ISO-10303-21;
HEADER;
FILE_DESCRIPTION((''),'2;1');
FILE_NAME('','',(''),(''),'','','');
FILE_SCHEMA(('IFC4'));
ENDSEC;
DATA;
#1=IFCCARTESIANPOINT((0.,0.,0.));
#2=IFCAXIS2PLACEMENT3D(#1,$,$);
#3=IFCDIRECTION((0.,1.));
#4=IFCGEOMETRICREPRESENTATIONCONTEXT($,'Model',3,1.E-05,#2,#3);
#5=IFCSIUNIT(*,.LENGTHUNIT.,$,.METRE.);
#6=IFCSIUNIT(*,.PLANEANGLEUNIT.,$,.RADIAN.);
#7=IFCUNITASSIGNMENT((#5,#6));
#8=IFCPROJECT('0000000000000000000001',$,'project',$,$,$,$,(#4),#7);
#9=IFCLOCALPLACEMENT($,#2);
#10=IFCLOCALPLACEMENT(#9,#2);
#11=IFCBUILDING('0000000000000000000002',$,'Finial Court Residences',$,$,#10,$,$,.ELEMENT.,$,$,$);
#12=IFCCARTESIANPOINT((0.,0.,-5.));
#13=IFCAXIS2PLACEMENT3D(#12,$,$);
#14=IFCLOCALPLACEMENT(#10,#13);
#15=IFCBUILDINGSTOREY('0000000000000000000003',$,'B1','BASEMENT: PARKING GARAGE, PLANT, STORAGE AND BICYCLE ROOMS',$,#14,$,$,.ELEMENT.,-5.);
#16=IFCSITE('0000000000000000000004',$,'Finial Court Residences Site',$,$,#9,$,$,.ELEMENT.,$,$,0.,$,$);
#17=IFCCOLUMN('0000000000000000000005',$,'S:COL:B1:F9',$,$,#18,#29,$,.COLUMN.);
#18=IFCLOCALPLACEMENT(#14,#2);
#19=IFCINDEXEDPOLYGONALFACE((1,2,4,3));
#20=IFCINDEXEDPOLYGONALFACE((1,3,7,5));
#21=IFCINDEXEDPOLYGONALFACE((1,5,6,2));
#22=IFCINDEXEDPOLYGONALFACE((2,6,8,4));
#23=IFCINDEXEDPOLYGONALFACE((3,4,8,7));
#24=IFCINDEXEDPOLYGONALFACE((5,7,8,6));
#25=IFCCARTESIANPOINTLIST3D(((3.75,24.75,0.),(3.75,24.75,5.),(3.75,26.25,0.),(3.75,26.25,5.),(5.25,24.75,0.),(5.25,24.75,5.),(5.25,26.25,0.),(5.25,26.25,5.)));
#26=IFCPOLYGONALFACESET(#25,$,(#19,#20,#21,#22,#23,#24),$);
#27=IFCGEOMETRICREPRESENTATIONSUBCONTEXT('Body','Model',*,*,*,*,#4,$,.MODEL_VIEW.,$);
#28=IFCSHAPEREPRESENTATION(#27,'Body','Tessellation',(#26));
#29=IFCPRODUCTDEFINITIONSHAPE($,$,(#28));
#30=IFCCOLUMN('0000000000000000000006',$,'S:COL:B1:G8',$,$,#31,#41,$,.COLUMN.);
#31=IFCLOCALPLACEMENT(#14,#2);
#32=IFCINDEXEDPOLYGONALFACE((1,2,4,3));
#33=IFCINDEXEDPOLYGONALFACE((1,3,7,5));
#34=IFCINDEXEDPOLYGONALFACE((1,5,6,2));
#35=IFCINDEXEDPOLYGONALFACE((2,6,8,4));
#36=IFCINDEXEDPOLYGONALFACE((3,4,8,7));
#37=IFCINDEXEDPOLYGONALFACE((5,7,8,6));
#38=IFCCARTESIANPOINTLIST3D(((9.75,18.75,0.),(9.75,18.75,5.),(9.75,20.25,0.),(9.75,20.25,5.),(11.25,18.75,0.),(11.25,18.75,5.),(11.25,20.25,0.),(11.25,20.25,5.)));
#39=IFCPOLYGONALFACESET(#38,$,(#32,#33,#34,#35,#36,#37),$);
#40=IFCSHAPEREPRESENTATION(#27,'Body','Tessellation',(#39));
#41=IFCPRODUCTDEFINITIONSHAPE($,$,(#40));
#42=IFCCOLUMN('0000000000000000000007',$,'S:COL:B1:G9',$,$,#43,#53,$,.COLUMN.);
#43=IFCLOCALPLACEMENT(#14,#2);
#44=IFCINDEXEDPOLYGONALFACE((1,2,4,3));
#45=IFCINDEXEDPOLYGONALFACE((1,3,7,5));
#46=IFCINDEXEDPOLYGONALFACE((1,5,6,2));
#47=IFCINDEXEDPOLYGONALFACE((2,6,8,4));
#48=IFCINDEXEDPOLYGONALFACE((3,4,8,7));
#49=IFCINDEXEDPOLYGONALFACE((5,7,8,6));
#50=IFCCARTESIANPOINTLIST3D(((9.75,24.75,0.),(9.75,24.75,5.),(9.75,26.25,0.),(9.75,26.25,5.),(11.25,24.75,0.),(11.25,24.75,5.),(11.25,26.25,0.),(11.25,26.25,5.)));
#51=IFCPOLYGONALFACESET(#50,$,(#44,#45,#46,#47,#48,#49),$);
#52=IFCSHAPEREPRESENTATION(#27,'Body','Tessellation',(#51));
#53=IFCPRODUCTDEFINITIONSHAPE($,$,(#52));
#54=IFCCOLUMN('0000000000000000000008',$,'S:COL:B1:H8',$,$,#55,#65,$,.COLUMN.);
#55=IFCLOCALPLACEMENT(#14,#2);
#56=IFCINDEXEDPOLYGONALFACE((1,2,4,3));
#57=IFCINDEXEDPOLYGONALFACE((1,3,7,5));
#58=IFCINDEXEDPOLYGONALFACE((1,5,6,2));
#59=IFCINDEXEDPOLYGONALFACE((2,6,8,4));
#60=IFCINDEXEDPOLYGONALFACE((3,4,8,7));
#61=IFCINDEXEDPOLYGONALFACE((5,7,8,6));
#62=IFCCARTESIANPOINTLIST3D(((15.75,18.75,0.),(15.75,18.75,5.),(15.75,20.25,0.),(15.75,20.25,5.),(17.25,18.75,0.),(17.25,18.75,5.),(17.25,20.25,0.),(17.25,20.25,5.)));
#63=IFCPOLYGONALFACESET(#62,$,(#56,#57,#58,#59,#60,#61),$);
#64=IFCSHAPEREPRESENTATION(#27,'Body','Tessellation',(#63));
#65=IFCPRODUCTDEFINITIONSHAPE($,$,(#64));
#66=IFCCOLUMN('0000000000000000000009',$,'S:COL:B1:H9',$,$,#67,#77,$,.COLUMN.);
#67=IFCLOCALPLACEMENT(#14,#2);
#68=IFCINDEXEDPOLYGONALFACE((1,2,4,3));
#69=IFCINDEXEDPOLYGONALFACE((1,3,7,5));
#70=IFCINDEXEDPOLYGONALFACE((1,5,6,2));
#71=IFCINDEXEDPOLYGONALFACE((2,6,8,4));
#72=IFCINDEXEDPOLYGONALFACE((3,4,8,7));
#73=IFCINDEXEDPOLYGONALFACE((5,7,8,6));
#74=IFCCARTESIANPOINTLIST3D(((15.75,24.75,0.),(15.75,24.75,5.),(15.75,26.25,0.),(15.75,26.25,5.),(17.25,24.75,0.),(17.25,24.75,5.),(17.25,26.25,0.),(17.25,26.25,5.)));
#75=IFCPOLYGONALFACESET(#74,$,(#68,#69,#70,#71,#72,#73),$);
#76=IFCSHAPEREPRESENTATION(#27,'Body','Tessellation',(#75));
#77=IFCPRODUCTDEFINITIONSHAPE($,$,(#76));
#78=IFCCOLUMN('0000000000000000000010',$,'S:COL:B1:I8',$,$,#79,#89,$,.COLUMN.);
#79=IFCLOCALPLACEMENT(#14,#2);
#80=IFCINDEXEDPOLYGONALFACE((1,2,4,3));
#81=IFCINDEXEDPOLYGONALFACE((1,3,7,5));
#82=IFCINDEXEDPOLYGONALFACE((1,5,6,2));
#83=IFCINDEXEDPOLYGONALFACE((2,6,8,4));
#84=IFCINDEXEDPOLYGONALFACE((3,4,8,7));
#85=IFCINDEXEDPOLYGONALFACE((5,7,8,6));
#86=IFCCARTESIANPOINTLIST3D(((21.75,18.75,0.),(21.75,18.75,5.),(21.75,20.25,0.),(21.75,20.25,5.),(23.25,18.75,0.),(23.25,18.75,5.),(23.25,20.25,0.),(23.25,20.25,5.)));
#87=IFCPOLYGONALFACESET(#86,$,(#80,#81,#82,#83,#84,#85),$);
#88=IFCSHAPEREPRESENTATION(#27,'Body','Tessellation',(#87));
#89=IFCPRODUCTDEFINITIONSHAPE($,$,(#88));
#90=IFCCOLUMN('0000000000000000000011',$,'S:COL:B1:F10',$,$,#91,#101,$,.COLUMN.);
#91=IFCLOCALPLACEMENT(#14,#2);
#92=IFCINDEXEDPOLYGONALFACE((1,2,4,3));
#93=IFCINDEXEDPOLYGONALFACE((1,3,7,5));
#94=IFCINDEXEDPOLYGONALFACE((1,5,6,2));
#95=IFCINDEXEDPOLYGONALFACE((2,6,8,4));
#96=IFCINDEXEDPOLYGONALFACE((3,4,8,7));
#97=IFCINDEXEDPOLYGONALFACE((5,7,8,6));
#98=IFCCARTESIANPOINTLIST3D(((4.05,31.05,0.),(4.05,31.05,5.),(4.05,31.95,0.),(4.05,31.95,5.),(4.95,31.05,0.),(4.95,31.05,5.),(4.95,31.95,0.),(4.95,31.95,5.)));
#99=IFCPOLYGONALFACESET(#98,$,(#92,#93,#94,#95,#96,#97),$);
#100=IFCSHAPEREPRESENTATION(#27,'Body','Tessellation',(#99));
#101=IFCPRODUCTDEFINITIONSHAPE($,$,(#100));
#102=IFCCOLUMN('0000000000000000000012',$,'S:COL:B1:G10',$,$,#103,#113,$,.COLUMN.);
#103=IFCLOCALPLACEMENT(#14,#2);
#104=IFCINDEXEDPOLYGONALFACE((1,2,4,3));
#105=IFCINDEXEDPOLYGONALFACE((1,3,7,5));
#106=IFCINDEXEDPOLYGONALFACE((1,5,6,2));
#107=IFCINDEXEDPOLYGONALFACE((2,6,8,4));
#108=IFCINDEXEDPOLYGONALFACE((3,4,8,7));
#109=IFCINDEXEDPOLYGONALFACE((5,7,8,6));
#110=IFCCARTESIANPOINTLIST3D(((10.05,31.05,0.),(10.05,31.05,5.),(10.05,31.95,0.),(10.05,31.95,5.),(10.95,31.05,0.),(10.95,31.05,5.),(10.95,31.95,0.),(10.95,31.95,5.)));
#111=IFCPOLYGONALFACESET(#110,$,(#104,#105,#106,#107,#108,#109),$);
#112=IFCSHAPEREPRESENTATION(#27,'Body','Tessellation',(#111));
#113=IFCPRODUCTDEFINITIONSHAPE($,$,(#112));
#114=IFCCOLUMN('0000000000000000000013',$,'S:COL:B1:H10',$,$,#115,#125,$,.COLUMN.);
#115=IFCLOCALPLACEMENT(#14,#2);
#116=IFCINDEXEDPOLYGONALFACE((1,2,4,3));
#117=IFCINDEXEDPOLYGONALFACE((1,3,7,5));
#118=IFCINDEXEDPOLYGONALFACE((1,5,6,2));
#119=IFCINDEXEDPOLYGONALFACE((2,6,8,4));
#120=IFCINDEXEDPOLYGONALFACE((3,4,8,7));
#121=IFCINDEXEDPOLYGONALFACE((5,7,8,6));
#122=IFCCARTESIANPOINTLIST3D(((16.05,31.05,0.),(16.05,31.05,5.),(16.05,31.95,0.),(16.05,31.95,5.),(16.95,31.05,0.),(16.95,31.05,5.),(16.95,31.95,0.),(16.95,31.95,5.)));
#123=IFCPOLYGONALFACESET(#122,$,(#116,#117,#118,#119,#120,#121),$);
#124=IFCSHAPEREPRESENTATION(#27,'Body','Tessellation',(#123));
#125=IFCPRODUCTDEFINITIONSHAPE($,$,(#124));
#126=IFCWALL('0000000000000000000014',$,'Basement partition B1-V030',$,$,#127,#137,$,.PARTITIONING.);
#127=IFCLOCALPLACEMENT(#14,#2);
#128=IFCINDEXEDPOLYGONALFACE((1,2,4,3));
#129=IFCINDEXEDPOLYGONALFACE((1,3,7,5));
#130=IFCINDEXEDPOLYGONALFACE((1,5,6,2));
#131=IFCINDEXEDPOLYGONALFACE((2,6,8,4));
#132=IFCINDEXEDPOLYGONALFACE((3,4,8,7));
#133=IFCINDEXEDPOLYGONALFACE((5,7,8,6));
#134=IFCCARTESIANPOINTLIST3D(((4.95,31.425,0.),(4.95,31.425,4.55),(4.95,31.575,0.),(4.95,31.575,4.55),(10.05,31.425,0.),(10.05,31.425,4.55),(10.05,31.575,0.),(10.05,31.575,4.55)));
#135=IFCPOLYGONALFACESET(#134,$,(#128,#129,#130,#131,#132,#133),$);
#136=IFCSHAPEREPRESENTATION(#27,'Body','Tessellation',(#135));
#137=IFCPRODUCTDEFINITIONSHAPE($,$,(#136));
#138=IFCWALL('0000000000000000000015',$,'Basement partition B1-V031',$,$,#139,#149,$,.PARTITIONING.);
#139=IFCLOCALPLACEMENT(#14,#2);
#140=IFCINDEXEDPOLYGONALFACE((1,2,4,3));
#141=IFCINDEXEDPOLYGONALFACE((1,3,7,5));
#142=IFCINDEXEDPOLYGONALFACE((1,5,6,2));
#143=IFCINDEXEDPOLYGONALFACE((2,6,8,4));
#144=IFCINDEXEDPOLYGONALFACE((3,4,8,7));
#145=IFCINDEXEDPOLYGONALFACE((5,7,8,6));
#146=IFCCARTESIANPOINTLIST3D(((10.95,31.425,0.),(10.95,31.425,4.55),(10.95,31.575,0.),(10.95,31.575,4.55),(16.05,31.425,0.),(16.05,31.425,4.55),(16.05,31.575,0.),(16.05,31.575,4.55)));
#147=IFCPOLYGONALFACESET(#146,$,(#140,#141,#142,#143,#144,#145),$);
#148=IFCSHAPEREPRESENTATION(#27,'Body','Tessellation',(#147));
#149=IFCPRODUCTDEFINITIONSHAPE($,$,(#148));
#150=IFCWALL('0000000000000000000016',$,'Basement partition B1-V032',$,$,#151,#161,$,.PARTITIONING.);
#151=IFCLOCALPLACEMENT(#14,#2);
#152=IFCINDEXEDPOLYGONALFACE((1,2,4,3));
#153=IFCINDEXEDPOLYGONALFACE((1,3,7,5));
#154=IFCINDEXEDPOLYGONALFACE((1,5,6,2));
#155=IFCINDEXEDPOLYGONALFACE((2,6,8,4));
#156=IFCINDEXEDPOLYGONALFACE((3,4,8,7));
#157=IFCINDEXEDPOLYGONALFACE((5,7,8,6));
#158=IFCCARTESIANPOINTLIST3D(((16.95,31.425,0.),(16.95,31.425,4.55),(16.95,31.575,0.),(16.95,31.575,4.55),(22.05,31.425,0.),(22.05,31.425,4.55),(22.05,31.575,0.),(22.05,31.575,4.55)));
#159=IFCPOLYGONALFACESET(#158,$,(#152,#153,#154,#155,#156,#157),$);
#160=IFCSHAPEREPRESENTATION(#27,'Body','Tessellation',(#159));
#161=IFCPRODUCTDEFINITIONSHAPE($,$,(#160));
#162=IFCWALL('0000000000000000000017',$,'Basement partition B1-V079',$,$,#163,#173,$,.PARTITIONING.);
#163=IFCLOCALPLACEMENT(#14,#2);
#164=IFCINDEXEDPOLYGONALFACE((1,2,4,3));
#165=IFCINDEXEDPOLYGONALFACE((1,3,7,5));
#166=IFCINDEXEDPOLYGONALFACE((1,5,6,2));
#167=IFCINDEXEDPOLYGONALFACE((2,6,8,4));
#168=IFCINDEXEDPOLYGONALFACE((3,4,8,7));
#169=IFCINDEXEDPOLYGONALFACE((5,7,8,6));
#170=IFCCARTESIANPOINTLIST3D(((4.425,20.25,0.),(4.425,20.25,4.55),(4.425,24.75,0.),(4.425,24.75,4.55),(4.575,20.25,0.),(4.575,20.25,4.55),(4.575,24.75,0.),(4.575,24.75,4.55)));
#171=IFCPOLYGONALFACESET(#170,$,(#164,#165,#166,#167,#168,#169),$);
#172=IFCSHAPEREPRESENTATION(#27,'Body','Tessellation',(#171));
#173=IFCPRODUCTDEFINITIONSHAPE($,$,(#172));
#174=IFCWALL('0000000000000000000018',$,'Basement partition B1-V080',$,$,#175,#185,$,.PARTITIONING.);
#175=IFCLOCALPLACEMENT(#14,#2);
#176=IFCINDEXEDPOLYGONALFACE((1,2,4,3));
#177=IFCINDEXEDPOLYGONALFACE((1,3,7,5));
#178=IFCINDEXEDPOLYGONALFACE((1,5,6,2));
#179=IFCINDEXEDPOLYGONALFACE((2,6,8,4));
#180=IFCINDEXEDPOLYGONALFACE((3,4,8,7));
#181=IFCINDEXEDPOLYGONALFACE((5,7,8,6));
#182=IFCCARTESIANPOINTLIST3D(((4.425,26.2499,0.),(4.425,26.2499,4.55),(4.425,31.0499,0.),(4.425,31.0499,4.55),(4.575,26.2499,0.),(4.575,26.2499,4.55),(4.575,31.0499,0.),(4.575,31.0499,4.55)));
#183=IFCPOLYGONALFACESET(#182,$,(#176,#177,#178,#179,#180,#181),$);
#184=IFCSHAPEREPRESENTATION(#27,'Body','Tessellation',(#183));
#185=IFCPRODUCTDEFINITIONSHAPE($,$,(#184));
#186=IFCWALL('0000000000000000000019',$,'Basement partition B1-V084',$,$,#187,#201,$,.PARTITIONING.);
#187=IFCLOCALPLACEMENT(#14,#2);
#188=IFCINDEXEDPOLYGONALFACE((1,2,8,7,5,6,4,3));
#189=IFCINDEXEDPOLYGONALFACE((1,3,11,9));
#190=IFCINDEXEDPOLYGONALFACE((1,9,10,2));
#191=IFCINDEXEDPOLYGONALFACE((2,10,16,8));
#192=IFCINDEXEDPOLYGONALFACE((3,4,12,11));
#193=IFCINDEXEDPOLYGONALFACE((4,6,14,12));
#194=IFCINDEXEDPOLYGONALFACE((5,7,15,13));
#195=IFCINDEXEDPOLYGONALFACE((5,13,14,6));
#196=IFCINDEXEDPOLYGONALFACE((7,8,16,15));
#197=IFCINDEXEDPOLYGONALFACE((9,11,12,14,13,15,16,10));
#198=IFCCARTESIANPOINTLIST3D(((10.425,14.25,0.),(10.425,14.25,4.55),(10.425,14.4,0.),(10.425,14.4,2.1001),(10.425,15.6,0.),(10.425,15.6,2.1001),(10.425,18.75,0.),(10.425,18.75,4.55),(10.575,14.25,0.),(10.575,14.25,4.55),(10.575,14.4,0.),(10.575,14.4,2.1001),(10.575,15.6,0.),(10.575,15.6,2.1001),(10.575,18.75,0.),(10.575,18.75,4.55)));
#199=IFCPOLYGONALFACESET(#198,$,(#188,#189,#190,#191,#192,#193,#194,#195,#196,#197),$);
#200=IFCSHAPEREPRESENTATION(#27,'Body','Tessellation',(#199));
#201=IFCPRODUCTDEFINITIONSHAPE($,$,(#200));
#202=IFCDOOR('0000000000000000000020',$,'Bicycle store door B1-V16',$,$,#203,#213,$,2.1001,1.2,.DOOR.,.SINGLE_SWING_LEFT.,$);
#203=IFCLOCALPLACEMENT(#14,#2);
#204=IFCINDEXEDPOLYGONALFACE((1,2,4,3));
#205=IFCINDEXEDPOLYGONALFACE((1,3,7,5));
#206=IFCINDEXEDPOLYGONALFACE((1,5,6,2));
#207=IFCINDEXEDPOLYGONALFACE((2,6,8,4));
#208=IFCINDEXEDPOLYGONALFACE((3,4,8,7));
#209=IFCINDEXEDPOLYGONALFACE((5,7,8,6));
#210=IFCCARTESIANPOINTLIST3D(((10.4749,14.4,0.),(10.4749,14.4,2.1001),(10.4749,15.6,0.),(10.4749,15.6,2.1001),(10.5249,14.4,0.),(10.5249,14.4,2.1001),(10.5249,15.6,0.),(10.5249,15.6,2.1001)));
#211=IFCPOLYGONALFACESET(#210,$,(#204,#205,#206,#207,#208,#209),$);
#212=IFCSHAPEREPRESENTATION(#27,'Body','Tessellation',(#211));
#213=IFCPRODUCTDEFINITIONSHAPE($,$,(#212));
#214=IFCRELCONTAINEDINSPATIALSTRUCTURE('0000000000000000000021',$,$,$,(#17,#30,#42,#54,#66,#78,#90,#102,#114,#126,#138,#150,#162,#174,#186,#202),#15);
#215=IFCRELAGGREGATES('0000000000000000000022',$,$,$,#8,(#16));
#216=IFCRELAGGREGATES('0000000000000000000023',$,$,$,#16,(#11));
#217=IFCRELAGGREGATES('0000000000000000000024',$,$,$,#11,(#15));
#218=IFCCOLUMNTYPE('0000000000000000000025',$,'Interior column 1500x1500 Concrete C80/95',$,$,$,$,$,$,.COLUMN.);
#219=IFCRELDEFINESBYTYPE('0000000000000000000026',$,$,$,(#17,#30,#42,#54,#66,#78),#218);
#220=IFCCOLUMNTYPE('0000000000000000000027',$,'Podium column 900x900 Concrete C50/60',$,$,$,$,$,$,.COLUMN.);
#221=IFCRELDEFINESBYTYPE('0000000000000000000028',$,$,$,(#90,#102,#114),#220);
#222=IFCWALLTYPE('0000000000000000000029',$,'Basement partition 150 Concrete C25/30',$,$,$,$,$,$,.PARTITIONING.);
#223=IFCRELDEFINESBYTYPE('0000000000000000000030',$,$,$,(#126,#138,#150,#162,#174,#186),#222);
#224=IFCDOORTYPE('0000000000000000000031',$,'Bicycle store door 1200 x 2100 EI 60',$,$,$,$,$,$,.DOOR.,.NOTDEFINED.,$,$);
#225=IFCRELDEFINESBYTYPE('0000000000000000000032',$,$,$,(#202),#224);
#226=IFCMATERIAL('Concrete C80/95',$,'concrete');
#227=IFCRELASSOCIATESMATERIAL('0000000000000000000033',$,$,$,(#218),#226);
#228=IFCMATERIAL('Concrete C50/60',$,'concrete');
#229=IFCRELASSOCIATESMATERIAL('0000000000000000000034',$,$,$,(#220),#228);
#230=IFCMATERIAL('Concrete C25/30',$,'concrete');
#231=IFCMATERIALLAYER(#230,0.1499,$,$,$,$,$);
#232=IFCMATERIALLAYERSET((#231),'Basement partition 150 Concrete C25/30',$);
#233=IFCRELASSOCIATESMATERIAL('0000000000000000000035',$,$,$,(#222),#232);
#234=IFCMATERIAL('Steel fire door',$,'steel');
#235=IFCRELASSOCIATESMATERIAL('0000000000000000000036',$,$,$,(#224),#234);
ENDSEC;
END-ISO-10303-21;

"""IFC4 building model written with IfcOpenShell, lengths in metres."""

from ifc_helpers import new_model, si_unit, direction, frame, frame_2d, origin, origin_2d, place, context, subcontext, project, spatial, rectangle, extrude, material, layer, layer_set, material_profile, profile_set, type_object, element, fill, save


model = new_model("IFC4")

# Units and contexts
model_context = context("Model", 3, precision=1e-05, world=origin(), true_north=direction((0.0, 1.0)))
body_context = subcontext(model_context, "Body", "Model", "MODEL_VIEW")
ifc_project = project(units=[si_unit("LENGTHUNIT", "METRE"), si_unit("PLANEANGLEUNIT", "RADIAN")], contexts=[model_context])

# Site, building, storey
site_placement = place(None, origin())
site = spatial("IfcSite", under=ifc_project, at=site_placement, Name="Finial Court Residences Site", CompositionType="ELEMENT", RefElevation=0.0)
building_placement = place(site_placement, origin())
building = spatial("IfcBuilding", under=site, at=building_placement, Name="Finial Court Residences", CompositionType="ELEMENT")
storey_placement = place(building_placement, frame((0.0, 0.0, -5.0)))
storey = spatial("IfcBuildingStorey", under=building, at=storey_placement, Name="B1", Description="BASEMENT: PARKING GARAGE, PLANT, STORAGE AND BICYCLE ROOMS", CompositionType="ELEMENT", Elevation=-5.0)

# Columns
ifc_material_1 = material(Name="Concrete C80/95", Category="concrete")
ifc_material_profile_1 = material_profile(ifc_material_1, rectangle(XDim=1.5, YDim=1.5, at=origin_2d()), Name="1500x1500")
ifc_profile_set_1 = profile_set([ifc_material_profile_1], Name="Concrete C80/95")
column_type_1 = type_object("IfcColumnType", Name="Interior column 1500x1500 Concrete C80/95", PredefinedType="COLUMN", material=ifc_profile_set_1)
for number, where, z_axis, x_axis, name in (
    (1, (4.5, 25.5, 0.0), (0.0, 0.0, 1.0), (1.0, 0.0, 0.0), "S:COL:B1:F9"),
    (2, (10.5, 19.5, 0.0), (0.0, 0.0, 1.0), (1.0, 0.0, 0.0), "S:COL:B1:G8"),
    (3, (10.5, 25.5, 0.0), (0.0, 0.0, 1.0), (1.0, 0.0, 0.0), "S:COL:B1:G9"),
    (4, (16.5, 19.5, 0.0), (0.0, 0.0, 1.0), (1.0, 0.0, 0.0), "S:COL:B1:H8"),
    (5, (16.5, 25.5, 0.0), (0.0, 0.0, 1.0), (1.0, 0.0, 0.0), "S:COL:B1:H9"),
    (6, (22.5, 19.5, 0.0), (0.0, 0.0, 1.0), (1.0, 0.0, 0.0), "S:COL:B1:I8"),
):
    element("IfcColumn", number, at=place(storey_placement, frame(where, z_axis=z_axis, x_axis=x_axis)), inside=storey, type_object=column_type_1, Name=name, PredefinedType="COLUMN", context=body_context, shape_type="SweptSolid", body=[
        extrude(rectangle(XDim=1.5, YDim=1.5, at=origin_2d()), origin(), (0.0, 0.0, 1.0), 5.0),
    ])
ifc_material_2 = material(Name="Concrete C50/60", Category="concrete")
ifc_material_profile_2 = material_profile(ifc_material_2, rectangle(XDim=0.8999, YDim=0.8999, at=origin_2d()), Name="900x900")
ifc_profile_set_2 = profile_set([ifc_material_profile_2], Name="Concrete C50/60")
column_type_2 = type_object("IfcColumnType", Name="Podium column 900x900 Concrete C50/60", PredefinedType="COLUMN", material=ifc_profile_set_2)
for number, where, z_axis, x_axis, name in (
    (7, (4.5, 31.5, 0.0), (0.0, 0.0, 1.0), (1.0, 0.0, 0.0), "S:COL:B1:F10"),
    (8, (10.5, 31.5, 0.0), (0.0, 0.0, 1.0), (1.0, 0.0, 0.0), "S:COL:B1:G10"),
    (9, (16.5, 31.5, 0.0), (0.0, 0.0, 1.0), (1.0, 0.0, 0.0), "S:COL:B1:H10"),
):
    element("IfcColumn", number, at=place(storey_placement, frame(where, z_axis=z_axis, x_axis=x_axis)), inside=storey, type_object=column_type_2, Name=name, PredefinedType="COLUMN", context=body_context, shape_type="SweptSolid", body=[
        extrude(rectangle(XDim=0.8999, YDim=0.8999, at=origin_2d()), origin(), (0.0, 0.0, 1.0), 5.0),
    ])

# Walls
ifc_material_3 = material(Name="Concrete C25/30", Category="concrete")
ifc_layer_1 = layer(ifc_material_3, 0.1499)
ifc_layer_set_1 = layer_set([ifc_layer_1], Name="Basement partition 150 Concrete C25/30")
wall_type_1 = type_object("IfcWallType", Name="Basement partition 150 Concrete C25/30", PredefinedType="PARTITIONING", material=ifc_layer_set_1)
for number, where, z_axis, x_axis, name in (
    (10, (4.95, 31.5, 0.0), (0.0, 0.0, 1.0), (1.0, 0.0, 0.0), "Basement partition B1-V030"),
    (11, (10.95, 31.5, 0.0), (0.0, 0.0, 1.0), (1.0, 0.0, 0.0), "Basement partition B1-V031"),
    (12, (16.95, 31.5, 0.0), (0.0, 0.0, 1.0), (1.0, 0.0, 0.0), "Basement partition B1-V032"),
):
    element("IfcWall", number, at=place(storey_placement, frame(where, z_axis=z_axis, x_axis=x_axis)), inside=storey, type_object=wall_type_1, Name=name, PredefinedType="PARTITIONING", context=body_context, shape_type="SweptSolid", body=[
        extrude(rectangle(XDim=5.1001, YDim=0.1499, at=frame_2d((2.55, 0.0))), origin(), (0.0, 0.0, 1.0), 4.55),
    ])
wall_1_placement = place(storey_placement, frame((4.5, 20.25, 0.0), z_axis=(0.0, 0.0, 1.0), x_axis=(0.0, 1.0, 0.0)))
element("IfcWall", 13, at=wall_1_placement, inside=storey, type_object=wall_type_1, Name="Basement partition B1-V079", PredefinedType="PARTITIONING", context=body_context, shape_type="SweptSolid", body=[
    extrude(rectangle(XDim=4.5, YDim=0.1499, at=frame_2d((2.25, 0.0))), origin(), (0.0, 0.0, 1.0), 4.55),
])
wall_2_placement = place(storey_placement, frame((4.5, 26.25, 0.0), z_axis=(0.0, 0.0, 1.0), x_axis=(0.0, 1.0, 0.0)))
element("IfcWall", 14, at=wall_2_placement, inside=storey, type_object=wall_type_1, Name="Basement partition B1-V080", PredefinedType="PARTITIONING", context=body_context, shape_type="SweptSolid", body=[
    extrude(rectangle(XDim=4.8, YDim=0.1499, at=frame_2d((2.3999, 0.0))), origin(), (0.0, 0.0, 1.0), 4.55),
])

# Wall, opening, door
wall_3_placement = place(storey_placement, frame((10.5, 18.75, 0.0), z_axis=(0.0, 0.0, 1.0), x_axis=(0.0, -1.0, 0.0)))
wall_3 = element("IfcWall", 15, at=wall_3_placement, inside=storey, type_object=wall_type_1, Name="Basement partition B1-V084", PredefinedType="PARTITIONING", context=body_context, shape_type="SweptSolid", body=[
    extrude(rectangle(XDim=4.5, YDim=0.1499, at=frame_2d((2.25, 0.0))), origin(), (0.0, 0.0, 1.0), 4.55),
])
opening_1_placement = place(wall_3_placement, frame((3.1499, 0.0, 0.0)))
opening_1 = element("IfcOpeningElement", 16, at=opening_1_placement, cuts=wall_3, PredefinedType="OPENING", context=body_context, shape_type="SweptSolid", body=[
    extrude(rectangle(XDim=1.2, YDim=2.1001, at=frame_2d((0.6001, 1.05))), frame((0.0, 0.085, 0.0), z_axis=(0.0, -1.0, 0.0), x_axis=(1.0, 0.0, 0.0)), (0.0, 0.0, 1.0), 0.1699),
])
ifc_material_4 = material(Name="Steel fire door", Category="steel")
door_type = type_object("IfcDoorType", Name="Bicycle store door 1200 x 2100 EI 60", OperationType="NOTDEFINED", PredefinedType="DOOR", material=ifc_material_4)
door_1_placement = place(opening_1_placement, origin())
door_1 = element("IfcDoor", 17, at=door_1_placement, inside=storey, type_object=door_type, Name="Bicycle store door B1-V16", OperationType="SINGLE_SWING_LEFT", OverallHeight=2.1001, OverallWidth=1.2, PredefinedType="DOOR", context=body_context, shape_type="SweptSolid", body=[
    extrude(rectangle(XDim=1.2, YDim=2.1001, at=frame_2d((0.6001, 1.05))), frame((0.0, 0.0249, 0.0), z_axis=(0.0, -1.0, 0.0), x_axis=(1.0, 0.0, 0.0)), (0.0, 0.0, 1.0), 0.05),
])
fill(opening_1, door_1)

save(model, "model.ifc")
